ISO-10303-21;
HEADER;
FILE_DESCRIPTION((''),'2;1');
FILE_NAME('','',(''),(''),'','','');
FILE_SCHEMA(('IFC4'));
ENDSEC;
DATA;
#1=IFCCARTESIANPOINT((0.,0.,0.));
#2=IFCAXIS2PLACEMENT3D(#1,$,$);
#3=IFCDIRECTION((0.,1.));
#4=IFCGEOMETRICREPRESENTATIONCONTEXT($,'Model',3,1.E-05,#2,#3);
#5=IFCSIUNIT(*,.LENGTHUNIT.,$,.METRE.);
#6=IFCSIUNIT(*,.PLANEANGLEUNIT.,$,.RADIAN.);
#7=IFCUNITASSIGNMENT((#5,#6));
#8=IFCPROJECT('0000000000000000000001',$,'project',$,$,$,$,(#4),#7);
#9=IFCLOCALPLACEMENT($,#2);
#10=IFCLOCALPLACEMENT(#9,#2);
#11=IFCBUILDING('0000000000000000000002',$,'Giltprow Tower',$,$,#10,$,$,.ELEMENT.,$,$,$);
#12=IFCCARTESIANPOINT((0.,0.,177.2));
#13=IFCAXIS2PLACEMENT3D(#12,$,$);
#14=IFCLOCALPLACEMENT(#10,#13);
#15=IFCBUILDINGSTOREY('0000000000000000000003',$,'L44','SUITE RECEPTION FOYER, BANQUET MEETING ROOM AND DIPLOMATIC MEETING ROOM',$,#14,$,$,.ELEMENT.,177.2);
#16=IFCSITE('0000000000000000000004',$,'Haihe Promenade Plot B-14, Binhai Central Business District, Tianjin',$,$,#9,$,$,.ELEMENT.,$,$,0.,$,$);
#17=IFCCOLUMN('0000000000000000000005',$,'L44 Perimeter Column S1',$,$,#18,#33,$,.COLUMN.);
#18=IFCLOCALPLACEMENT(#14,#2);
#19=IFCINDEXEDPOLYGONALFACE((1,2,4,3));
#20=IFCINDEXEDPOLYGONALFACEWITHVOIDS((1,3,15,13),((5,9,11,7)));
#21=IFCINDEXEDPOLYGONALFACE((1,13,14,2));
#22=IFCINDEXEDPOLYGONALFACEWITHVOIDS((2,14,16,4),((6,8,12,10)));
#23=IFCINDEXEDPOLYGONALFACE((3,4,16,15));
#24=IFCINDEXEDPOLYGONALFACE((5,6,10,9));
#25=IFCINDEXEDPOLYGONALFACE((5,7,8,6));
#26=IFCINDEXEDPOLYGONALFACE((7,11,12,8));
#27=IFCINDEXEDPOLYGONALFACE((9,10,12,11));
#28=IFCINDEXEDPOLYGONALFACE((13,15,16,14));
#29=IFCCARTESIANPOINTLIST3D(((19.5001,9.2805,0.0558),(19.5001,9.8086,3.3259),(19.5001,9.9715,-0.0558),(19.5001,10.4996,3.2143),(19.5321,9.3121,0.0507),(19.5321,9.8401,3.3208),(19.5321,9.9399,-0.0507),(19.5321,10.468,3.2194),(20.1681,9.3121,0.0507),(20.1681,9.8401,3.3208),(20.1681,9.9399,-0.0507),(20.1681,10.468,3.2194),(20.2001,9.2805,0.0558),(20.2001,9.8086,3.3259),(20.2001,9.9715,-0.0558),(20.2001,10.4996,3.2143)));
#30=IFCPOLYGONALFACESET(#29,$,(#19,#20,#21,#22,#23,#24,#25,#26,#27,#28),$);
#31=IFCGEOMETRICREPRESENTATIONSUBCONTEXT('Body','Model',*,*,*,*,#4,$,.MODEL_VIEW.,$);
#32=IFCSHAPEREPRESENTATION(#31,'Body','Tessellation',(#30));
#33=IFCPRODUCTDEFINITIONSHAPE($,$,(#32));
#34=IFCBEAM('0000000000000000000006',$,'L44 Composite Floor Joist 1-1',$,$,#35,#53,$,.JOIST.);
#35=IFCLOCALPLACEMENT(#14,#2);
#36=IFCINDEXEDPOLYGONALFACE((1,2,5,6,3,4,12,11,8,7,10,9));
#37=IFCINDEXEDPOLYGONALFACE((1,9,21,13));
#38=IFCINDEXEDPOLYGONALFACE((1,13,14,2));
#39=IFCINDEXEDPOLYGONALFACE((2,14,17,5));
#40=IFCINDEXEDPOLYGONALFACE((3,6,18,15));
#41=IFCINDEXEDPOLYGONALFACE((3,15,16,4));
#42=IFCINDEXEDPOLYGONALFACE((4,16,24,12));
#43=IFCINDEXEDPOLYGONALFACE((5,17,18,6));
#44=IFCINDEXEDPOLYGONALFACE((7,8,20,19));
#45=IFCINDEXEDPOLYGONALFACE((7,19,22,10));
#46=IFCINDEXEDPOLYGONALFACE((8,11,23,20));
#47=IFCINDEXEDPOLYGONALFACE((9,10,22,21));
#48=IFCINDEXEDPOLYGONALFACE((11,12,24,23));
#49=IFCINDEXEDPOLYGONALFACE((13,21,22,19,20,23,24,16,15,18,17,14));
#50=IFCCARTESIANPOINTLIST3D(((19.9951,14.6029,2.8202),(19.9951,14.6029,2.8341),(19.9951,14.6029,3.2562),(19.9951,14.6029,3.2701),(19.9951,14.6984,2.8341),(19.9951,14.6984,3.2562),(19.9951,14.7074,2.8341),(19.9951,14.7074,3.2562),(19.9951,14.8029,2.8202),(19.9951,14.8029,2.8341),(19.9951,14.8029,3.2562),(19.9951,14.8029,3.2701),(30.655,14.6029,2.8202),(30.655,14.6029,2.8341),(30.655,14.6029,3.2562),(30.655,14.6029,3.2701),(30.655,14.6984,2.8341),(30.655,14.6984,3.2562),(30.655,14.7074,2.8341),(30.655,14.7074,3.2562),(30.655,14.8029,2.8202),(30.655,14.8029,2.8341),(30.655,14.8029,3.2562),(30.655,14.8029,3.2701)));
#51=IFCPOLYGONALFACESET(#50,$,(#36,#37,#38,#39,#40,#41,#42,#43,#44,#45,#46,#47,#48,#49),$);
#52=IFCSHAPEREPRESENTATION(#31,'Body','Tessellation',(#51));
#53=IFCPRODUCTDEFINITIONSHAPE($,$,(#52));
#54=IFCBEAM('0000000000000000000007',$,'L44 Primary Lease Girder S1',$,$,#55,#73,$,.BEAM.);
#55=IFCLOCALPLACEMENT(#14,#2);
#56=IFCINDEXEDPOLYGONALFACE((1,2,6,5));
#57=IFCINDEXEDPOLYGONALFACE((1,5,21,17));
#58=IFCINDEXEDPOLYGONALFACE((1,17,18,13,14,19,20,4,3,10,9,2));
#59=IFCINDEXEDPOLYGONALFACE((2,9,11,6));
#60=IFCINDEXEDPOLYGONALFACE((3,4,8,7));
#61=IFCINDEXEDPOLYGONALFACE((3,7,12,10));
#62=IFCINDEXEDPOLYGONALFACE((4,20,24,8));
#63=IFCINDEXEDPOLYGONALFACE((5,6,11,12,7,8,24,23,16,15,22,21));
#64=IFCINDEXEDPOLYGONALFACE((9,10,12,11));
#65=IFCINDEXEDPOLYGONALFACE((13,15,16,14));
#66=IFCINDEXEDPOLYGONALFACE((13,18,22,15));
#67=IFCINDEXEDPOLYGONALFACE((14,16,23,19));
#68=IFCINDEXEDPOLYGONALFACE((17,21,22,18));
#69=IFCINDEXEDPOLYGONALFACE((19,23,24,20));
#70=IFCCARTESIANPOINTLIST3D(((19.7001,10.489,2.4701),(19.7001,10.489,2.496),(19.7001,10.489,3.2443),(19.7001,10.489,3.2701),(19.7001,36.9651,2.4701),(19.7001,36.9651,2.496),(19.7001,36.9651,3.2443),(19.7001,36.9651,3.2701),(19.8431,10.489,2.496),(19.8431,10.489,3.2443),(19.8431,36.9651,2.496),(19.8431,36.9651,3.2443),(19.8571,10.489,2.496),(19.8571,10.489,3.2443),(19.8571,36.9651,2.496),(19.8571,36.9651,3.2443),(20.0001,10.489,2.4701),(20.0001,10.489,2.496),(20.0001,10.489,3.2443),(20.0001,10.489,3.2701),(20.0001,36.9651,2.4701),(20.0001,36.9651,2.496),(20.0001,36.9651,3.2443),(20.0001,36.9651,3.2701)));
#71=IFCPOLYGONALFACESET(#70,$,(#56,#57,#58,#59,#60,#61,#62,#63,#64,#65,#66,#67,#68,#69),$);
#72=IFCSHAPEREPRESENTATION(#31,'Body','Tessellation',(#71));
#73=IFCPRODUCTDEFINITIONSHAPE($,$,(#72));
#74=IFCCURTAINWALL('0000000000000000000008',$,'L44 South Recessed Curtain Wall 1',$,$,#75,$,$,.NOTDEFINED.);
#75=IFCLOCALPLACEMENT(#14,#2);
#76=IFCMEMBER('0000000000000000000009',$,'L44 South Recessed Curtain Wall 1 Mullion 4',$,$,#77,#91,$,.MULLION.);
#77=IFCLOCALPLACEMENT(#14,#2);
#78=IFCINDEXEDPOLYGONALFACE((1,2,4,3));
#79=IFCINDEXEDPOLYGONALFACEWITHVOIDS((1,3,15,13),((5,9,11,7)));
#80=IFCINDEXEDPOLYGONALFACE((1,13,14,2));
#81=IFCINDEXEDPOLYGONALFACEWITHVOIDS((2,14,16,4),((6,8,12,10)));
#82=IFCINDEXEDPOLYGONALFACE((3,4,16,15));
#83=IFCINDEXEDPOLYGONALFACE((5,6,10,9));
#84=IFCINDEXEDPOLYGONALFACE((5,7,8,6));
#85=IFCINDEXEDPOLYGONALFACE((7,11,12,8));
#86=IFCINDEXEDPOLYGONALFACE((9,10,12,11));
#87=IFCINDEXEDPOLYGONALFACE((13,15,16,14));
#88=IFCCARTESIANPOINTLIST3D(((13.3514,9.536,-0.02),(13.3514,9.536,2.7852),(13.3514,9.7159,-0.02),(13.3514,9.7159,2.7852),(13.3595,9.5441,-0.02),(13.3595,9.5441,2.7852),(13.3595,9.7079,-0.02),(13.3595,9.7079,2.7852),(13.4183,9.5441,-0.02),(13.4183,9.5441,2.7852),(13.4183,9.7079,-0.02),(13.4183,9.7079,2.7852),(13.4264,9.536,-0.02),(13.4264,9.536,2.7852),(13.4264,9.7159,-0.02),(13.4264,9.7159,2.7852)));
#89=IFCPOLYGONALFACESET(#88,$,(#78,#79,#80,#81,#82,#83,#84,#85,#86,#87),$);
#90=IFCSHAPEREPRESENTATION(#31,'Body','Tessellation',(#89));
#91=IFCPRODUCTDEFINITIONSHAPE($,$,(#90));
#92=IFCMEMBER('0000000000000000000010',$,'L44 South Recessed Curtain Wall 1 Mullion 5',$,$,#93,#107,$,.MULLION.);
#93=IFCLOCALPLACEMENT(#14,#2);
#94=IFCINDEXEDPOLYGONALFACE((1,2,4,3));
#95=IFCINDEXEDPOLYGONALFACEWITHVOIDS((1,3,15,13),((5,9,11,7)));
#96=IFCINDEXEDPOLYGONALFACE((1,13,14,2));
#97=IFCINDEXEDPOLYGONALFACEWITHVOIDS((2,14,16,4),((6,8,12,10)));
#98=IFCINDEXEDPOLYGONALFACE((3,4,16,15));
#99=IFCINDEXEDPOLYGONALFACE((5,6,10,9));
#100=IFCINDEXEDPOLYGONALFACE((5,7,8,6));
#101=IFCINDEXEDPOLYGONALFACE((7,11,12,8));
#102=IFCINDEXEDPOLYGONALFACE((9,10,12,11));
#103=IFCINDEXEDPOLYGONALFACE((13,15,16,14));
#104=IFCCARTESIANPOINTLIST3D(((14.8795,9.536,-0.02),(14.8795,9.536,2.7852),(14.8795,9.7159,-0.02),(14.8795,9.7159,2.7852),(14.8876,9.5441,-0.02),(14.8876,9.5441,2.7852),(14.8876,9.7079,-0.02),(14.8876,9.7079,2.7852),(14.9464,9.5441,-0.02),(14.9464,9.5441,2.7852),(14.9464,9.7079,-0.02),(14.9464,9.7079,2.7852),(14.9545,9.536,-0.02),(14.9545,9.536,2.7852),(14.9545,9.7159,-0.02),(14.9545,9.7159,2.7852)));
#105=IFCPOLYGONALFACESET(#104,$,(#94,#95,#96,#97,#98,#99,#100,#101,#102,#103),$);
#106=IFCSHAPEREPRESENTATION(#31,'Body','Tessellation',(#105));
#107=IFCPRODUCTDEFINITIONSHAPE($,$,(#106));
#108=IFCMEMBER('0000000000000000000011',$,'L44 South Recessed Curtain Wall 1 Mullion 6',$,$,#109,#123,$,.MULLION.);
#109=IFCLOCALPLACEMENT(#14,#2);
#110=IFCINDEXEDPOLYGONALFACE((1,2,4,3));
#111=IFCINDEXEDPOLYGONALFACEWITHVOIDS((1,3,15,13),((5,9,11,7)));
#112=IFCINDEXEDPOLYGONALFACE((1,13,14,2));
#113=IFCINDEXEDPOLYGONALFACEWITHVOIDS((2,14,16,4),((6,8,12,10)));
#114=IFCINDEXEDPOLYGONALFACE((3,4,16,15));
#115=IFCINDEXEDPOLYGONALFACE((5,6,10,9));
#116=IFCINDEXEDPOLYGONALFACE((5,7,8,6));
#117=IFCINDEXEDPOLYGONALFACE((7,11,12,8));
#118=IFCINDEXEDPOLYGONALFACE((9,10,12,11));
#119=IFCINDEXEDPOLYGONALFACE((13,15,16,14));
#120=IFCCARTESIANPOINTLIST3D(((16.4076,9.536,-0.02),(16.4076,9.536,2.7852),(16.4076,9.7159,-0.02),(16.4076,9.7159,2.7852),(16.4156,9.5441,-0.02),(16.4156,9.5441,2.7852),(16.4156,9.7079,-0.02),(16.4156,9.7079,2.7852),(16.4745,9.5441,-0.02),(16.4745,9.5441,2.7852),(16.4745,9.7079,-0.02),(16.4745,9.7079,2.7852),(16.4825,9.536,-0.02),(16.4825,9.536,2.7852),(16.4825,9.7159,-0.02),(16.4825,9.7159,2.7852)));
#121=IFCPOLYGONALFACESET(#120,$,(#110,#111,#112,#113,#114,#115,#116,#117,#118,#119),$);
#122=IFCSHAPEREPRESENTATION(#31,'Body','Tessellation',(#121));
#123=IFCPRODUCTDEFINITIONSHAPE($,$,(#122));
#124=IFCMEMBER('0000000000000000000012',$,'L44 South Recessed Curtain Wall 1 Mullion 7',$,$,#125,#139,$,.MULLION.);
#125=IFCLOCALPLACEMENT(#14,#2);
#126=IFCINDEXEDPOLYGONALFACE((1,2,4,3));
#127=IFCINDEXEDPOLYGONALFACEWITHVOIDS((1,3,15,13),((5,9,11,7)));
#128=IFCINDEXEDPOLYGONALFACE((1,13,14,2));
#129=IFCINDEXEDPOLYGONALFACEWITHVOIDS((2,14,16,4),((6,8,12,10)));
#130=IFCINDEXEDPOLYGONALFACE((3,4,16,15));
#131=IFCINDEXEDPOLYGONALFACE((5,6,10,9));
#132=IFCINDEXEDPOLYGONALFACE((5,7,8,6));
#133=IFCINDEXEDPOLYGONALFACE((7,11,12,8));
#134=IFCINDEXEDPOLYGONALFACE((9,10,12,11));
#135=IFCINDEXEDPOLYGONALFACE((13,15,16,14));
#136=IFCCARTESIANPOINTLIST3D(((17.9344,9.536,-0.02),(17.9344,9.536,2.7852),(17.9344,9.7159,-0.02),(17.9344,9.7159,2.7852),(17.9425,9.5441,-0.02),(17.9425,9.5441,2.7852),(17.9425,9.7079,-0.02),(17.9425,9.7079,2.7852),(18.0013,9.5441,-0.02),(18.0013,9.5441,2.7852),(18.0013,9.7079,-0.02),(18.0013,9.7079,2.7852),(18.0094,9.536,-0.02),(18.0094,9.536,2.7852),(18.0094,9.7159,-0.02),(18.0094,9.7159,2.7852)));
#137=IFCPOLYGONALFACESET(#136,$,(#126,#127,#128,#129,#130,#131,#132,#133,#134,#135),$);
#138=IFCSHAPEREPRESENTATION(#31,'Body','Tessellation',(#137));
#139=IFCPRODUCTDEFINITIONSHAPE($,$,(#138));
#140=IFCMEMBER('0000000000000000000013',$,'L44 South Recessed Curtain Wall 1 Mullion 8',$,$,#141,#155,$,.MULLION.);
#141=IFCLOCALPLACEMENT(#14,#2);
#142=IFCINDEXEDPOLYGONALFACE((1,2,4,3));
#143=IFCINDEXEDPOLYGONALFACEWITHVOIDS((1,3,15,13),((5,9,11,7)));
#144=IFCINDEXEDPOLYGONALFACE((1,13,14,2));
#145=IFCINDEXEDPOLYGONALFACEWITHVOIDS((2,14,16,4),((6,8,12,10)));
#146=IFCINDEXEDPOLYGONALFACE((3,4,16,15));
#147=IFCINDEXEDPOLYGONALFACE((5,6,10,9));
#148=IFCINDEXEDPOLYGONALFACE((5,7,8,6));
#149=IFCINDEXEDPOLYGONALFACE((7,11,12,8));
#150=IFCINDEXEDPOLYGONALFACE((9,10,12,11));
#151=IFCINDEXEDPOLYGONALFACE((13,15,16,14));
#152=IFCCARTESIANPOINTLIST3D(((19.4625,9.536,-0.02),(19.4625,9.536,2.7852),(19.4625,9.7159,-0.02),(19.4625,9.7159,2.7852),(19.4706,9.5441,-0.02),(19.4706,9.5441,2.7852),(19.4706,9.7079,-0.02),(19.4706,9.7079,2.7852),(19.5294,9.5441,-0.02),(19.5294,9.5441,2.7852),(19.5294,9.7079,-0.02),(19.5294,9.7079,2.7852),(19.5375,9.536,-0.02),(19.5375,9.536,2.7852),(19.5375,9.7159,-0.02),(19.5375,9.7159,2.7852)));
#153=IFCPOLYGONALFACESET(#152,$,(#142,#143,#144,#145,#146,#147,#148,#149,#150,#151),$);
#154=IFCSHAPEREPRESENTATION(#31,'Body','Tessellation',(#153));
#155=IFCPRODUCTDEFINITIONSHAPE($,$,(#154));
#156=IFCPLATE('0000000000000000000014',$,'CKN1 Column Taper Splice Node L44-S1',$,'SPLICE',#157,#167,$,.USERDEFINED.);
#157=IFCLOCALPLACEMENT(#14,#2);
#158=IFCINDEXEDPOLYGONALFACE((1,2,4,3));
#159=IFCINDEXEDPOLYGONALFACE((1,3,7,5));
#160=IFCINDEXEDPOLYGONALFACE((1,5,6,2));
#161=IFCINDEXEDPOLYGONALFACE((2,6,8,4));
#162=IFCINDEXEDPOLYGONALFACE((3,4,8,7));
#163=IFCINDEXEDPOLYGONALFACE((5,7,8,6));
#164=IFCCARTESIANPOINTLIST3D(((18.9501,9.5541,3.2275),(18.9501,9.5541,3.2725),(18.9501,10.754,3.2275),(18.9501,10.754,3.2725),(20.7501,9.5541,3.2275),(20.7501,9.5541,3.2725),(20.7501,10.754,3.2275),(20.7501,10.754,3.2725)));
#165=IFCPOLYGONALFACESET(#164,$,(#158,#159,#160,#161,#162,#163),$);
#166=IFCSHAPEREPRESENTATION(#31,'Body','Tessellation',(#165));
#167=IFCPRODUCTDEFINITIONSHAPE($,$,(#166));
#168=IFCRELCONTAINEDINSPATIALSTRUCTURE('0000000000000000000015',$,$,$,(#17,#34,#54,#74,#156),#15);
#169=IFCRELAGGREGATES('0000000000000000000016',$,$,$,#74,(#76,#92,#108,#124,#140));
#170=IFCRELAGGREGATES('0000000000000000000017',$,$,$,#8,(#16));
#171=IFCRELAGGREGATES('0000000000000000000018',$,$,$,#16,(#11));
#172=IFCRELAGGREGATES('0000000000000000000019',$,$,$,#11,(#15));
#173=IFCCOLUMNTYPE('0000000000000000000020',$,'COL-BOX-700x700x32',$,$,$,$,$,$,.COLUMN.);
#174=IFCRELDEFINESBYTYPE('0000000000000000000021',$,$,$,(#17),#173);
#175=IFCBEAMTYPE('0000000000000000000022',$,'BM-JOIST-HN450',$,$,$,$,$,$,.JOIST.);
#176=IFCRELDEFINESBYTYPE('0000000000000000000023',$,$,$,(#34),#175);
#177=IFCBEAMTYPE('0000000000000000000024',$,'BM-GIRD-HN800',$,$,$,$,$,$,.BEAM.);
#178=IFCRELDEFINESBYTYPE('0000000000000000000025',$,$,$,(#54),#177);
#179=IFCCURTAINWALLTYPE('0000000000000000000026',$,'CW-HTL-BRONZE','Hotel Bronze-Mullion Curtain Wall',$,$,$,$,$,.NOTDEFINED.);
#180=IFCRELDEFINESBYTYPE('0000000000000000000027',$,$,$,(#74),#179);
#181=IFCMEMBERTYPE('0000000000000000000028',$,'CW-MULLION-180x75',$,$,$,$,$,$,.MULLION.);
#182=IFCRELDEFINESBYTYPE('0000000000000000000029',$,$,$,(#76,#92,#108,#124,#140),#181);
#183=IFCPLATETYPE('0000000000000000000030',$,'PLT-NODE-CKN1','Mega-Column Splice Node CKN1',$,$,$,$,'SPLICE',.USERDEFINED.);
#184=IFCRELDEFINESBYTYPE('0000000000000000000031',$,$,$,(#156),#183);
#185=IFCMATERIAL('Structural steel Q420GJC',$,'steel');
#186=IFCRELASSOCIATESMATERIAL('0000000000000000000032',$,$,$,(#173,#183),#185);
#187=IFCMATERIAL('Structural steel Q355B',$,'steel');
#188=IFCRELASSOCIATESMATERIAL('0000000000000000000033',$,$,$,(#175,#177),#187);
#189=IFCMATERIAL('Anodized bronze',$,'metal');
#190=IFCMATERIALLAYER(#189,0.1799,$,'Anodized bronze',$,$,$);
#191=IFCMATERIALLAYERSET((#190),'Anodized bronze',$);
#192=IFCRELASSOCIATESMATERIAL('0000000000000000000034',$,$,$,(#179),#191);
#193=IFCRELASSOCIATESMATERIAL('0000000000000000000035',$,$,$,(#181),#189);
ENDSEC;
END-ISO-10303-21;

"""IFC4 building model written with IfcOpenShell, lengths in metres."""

from ifc_helpers import new_model, si_unit, direction, frame, origin, origin_2d, place, context, subcontext, project, spatial, rectangle, hollow_rectangle, i_section, extrude, source, transform, mapped, material, layer, layer_set, material_profile, profile_set, type_object, element, aggregate, save


model = new_model("IFC4")

# Units and contexts
model_context = context("Model", 3, precision=1e-05, world=origin(), true_north=direction((0.0, 1.0)))
body_context = subcontext(model_context, "Body", "Model", "MODEL_VIEW")
ifc_project = project(units=[si_unit("LENGTHUNIT", "METRE"), si_unit("PLANEANGLEUNIT", "RADIAN")], contexts=[model_context])

# Site, building, storey
site_placement = place(None, origin())
site = spatial("IfcSite", under=ifc_project, at=site_placement, Name="Haihe Promenade Plot B-14, Binhai Central Business District, Tianjin", CompositionType="ELEMENT", RefElevation=0.0)
building_placement = place(site_placement, origin())
building = spatial("IfcBuilding", under=site, at=building_placement, Name="Giltprow Tower", CompositionType="ELEMENT")
storey_placement = place(building_placement, frame((0.0, 0.0, 177.2)))
storey = spatial("IfcBuildingStorey", under=building, at=storey_placement, Name="L44", Description="SUITE RECEPTION FOYER, BANQUET MEETING ROOM AND DIPLOMATIC MEETING ROOM", CompositionType="ELEMENT", Elevation=177.2)

# Column
ifc_material_1 = material(Name="Structural steel Q420GJC", Category="steel")
ifc_material_profile_1 = material_profile(ifc_material_1, hollow_rectangle(XDim=0.7, YDim=0.7, WallThickness=0.032, at=origin_2d()), Name="BOX 700x700x32")
ifc_profile_set_1 = profile_set([ifc_material_profile_1], Name="Structural steel Q420GJC")
column_type = type_object("IfcColumnType", Name="COL-BOX-700x700x32", PredefinedType="COLUMN", material=ifc_profile_set_1)
shared_shape_1 = source(origin(), body_context, "Body", "SweptSolid", [
    extrude(hollow_rectangle(XDim=0.7, YDim=0.7, WallThickness=0.032, at=origin_2d()), origin(), (0.0, 0.0, 1.0), 3.3125),
])
column_placement = place(storey_placement, frame((19.8501, 9.626, 0.0), z_axis=(0.0, 0.159425, 0.98721), x_axis=(-1.0, 0.0, 0.0)))
element("IfcColumn", 1, at=column_placement, inside=storey, type_object=column_type, Name="L44 Perimeter Column S1", PredefinedType="COLUMN", context=body_context, shape_type="MappedRepresentation", body=[
    mapped(shared_shape_1, transform((0.0, 0.0, 0.0), x_axis=(1.0, 0.0, 0.0), y_axis=(0.0, 1.0, 0.0), z_axis=(0.0, 0.0, 1.0), scale=1.0)),
])

# Beams
ifc_material_2 = material(Name="Structural steel Q355B", Category="steel")
ifc_material_profile_2 = material_profile(ifc_material_2, i_section(OverallWidth=0.2, OverallDepth=0.45, WebThickness=0.009, FlangeThickness=0.0139, at=origin_2d()), Name="HN 450x200x9x14")
ifc_profile_set_2 = profile_set([ifc_material_profile_2], Name="Structural steel Q355B")
beam_type_1 = type_object("IfcBeamType", Name="BM-JOIST-HN450", PredefinedType="JOIST", material=ifc_profile_set_2)
shared_shape_2 = source(origin(), body_context, "Body", "SweptSolid", [
    extrude(i_section(OverallWidth=0.2, OverallDepth=0.45, WebThickness=0.009, FlangeThickness=0.0139, at=origin_2d()), origin(), (0.0, 0.0, 1.0), 10.6599),
])
beam_1_placement = place(storey_placement, frame((19.9951, 14.7029, 3.0452), z_axis=(1.0, 0.0, 0.0), x_axis=(0.0, 1.0, 0.0)))
element("IfcBeam", 2, at=beam_1_placement, inside=storey, type_object=beam_type_1, Name="L44 Composite Floor Joist 1-1", PredefinedType="JOIST", context=body_context, shape_type="MappedRepresentation", body=[
    mapped(shared_shape_2, transform((0.0, 0.0, 0.0), x_axis=(1.0, 0.0, 0.0), y_axis=(0.0, 1.0, 0.0), z_axis=(0.0, 0.0, 1.0), scale=1.0)),
])
ifc_material_profile_3 = material_profile(ifc_material_2, i_section(OverallWidth=0.3, OverallDepth=0.8, WebThickness=0.0139, FlangeThickness=0.0259, at=origin_2d()), Name="HN 800x300x14x26")
ifc_profile_set_3 = profile_set([ifc_material_profile_3], Name="Structural steel Q355B")
beam_type_2 = type_object("IfcBeamType", Name="BM-GIRD-HN800", PredefinedType="BEAM", material=ifc_profile_set_3)
shared_shape_3 = source(origin(), body_context, "Body", "SweptSolid", [
    extrude(i_section(OverallWidth=0.3, OverallDepth=0.8, WebThickness=0.0139, FlangeThickness=0.0259, at=origin_2d()), origin(), (0.0, 0.0, 1.0), 26.4761),
])
beam_2_placement = place(storey_placement, frame((19.8501, 10.489, 2.8701), z_axis=(0.0, 1.0, 0.0), x_axis=(-1.0, 0.0, 0.0)))
element("IfcBeam", 3, at=beam_2_placement, inside=storey, type_object=beam_type_2, Name="L44 Primary Lease Girder S1", PredefinedType="BEAM", context=body_context, shape_type="MappedRepresentation", body=[
    mapped(shared_shape_3, transform((0.0, 0.0, 0.0), x_axis=(1.0, 0.0, 0.0), y_axis=(0.0, 1.0, 0.0), z_axis=(0.0, 0.0, 1.0), scale=1.0)),
])

# Curtain wall, members
ifc_material_3 = material(Name="Anodized bronze", Category="metal")
ifc_layer = layer(ifc_material_3, 0.1799, Name="Anodized bronze")
ifc_layer_set = layer_set([ifc_layer], Name="Anodized bronze")
curtain_wall_type = type_object("IfcCurtainWallType", Name="CW-HTL-BRONZE", Description="Hotel Bronze-Mullion Curtain Wall", PredefinedType="NOTDEFINED", material=ifc_layer_set)
curtain_wall_placement = place(storey_placement, origin())
curtain_wall = element("IfcCurtainWall", 4, at=curtain_wall_placement, inside=storey, type_object=curtain_wall_type, Name="L44 South Recessed Curtain Wall 1", PredefinedType="NOTDEFINED")
ifc_material_profile_4 = material_profile(ifc_material_3, hollow_rectangle(XDim=0.075, YDim=0.1799, WallThickness=0.0081, at=origin_2d()), Name="RHS 180x75x8")
ifc_profile_set_4 = profile_set([ifc_material_profile_4], Name="Anodized bronze")
member_type = type_object("IfcMemberType", Name="CW-MULLION-180x75", PredefinedType="MULLION", material=ifc_profile_set_4)
shared_shape_4 = source(origin(), body_context, "Body", "SweptSolid", [
    extrude(hollow_rectangle(XDim=0.075, YDim=0.1799, WallThickness=0.0081, at=origin_2d()), origin(), (0.0, 0.0, 1.0), 2.8052),
])
member_1_placement = place(storey_placement, frame((13.3889, 9.626, -0.02), z_axis=(0.0, 0.0, 1.0), x_axis=(1.0, 0.0, 0.0)))
member_1 = element("IfcMember", 5, at=member_1_placement, type_object=member_type, Name="L44 South Recessed Curtain Wall 1 Mullion 4", PredefinedType="MULLION", context=body_context, shape_type="MappedRepresentation", body=[
    mapped(shared_shape_4, transform((0.0, 0.0, 0.0), x_axis=(1.0, 0.0, 0.0), y_axis=(0.0, 1.0, 0.0), z_axis=(0.0, 0.0, 1.0), scale=1.0)),
])
member_2_placement = place(storey_placement, frame((14.917, 9.626, -0.02), z_axis=(0.0, 0.0, 1.0), x_axis=(1.0, 0.0, 0.0)))
member_2 = element("IfcMember", 6, at=member_2_placement, type_object=member_type, Name="L44 South Recessed Curtain Wall 1 Mullion 5", PredefinedType="MULLION", context=body_context, shape_type="MappedRepresentation", body=[
    mapped(shared_shape_4, transform((0.0, 0.0, 0.0), x_axis=(1.0, 0.0, 0.0), y_axis=(0.0, 1.0, 0.0), z_axis=(0.0, 0.0, 1.0), scale=1.0)),
])
member_3_placement = place(storey_placement, frame((16.4451, 9.626, -0.02), z_axis=(0.0, 0.0, 1.0), x_axis=(1.0, 0.0, 0.0)))
member_3 = element("IfcMember", 7, at=member_3_placement, type_object=member_type, Name="L44 South Recessed Curtain Wall 1 Mullion 6", PredefinedType="MULLION", context=body_context, shape_type="MappedRepresentation", body=[
    mapped(shared_shape_4, transform((0.0, 0.0, 0.0), x_axis=(1.0, 0.0, 0.0), y_axis=(0.0, 1.0, 0.0), z_axis=(0.0, 0.0, 1.0), scale=1.0)),
])
member_4_placement = place(storey_placement, frame((17.9719, 9.626, -0.02), z_axis=(0.0, 0.0, 1.0), x_axis=(1.0, 0.0, 0.0)))
member_4 = element("IfcMember", 8, at=member_4_placement, type_object=member_type, Name="L44 South Recessed Curtain Wall 1 Mullion 7", PredefinedType="MULLION", context=body_context, shape_type="MappedRepresentation", body=[
    mapped(shared_shape_4, transform((0.0, 0.0, 0.0), x_axis=(1.0, 0.0, 0.0), y_axis=(0.0, 1.0, 0.0), z_axis=(0.0, 0.0, 1.0), scale=1.0)),
])
member_5_placement = place(storey_placement, frame((19.5, 9.626, -0.02), z_axis=(0.0, 0.0, 1.0), x_axis=(1.0, 0.0, 0.0)))
member_5 = element("IfcMember", 9, at=member_5_placement, type_object=member_type, Name="L44 South Recessed Curtain Wall 1 Mullion 8", PredefinedType="MULLION", context=body_context, shape_type="MappedRepresentation", body=[
    mapped(shared_shape_4, transform((0.0, 0.0, 0.0), x_axis=(1.0, 0.0, 0.0), y_axis=(0.0, 1.0, 0.0), z_axis=(0.0, 0.0, 1.0), scale=1.0)),
])

# Plate
plate_type_1 = type_object("IfcPlateType", Name="PLT-NODE-CKN1", Description="Mega-Column Splice Node CKN1", ElementType="SPLICE", PredefinedType="USERDEFINED", material=ifc_material_1)
shared_shape_5 = source(origin(), body_context, "Body", "SweptSolid", [
    extrude(rectangle(XDim=1.8, YDim=1.2, at=origin_2d()), origin(), (0.0, 0.0, 1.0), 0.0449),
])
plate_1_placement = place(storey_placement, frame((19.8501, 10.1541, 3.2275), z_axis=(0.0, 0.0, 1.0), x_axis=(1.0, 0.0, 0.0)))
element("IfcPlate", 10, at=plate_1_placement, inside=storey, type_object=plate_type_1, Name="CKN1 Column Taper Splice Node L44-S1", ObjectType="SPLICE", PredefinedType="USERDEFINED", context=body_context, shape_type="MappedRepresentation", body=[
    mapped(shared_shape_5, transform((0.0, 0.0, 0.0), x_axis=(1.0, 0.0, 0.0), y_axis=(0.0, 1.0, 0.0), z_axis=(0.0, 0.0, 1.0), scale=1.0)),
])
aggregate(curtain_wall, [member_1, member_2, member_3, member_4, member_5])

save(model, "model.ifc")
